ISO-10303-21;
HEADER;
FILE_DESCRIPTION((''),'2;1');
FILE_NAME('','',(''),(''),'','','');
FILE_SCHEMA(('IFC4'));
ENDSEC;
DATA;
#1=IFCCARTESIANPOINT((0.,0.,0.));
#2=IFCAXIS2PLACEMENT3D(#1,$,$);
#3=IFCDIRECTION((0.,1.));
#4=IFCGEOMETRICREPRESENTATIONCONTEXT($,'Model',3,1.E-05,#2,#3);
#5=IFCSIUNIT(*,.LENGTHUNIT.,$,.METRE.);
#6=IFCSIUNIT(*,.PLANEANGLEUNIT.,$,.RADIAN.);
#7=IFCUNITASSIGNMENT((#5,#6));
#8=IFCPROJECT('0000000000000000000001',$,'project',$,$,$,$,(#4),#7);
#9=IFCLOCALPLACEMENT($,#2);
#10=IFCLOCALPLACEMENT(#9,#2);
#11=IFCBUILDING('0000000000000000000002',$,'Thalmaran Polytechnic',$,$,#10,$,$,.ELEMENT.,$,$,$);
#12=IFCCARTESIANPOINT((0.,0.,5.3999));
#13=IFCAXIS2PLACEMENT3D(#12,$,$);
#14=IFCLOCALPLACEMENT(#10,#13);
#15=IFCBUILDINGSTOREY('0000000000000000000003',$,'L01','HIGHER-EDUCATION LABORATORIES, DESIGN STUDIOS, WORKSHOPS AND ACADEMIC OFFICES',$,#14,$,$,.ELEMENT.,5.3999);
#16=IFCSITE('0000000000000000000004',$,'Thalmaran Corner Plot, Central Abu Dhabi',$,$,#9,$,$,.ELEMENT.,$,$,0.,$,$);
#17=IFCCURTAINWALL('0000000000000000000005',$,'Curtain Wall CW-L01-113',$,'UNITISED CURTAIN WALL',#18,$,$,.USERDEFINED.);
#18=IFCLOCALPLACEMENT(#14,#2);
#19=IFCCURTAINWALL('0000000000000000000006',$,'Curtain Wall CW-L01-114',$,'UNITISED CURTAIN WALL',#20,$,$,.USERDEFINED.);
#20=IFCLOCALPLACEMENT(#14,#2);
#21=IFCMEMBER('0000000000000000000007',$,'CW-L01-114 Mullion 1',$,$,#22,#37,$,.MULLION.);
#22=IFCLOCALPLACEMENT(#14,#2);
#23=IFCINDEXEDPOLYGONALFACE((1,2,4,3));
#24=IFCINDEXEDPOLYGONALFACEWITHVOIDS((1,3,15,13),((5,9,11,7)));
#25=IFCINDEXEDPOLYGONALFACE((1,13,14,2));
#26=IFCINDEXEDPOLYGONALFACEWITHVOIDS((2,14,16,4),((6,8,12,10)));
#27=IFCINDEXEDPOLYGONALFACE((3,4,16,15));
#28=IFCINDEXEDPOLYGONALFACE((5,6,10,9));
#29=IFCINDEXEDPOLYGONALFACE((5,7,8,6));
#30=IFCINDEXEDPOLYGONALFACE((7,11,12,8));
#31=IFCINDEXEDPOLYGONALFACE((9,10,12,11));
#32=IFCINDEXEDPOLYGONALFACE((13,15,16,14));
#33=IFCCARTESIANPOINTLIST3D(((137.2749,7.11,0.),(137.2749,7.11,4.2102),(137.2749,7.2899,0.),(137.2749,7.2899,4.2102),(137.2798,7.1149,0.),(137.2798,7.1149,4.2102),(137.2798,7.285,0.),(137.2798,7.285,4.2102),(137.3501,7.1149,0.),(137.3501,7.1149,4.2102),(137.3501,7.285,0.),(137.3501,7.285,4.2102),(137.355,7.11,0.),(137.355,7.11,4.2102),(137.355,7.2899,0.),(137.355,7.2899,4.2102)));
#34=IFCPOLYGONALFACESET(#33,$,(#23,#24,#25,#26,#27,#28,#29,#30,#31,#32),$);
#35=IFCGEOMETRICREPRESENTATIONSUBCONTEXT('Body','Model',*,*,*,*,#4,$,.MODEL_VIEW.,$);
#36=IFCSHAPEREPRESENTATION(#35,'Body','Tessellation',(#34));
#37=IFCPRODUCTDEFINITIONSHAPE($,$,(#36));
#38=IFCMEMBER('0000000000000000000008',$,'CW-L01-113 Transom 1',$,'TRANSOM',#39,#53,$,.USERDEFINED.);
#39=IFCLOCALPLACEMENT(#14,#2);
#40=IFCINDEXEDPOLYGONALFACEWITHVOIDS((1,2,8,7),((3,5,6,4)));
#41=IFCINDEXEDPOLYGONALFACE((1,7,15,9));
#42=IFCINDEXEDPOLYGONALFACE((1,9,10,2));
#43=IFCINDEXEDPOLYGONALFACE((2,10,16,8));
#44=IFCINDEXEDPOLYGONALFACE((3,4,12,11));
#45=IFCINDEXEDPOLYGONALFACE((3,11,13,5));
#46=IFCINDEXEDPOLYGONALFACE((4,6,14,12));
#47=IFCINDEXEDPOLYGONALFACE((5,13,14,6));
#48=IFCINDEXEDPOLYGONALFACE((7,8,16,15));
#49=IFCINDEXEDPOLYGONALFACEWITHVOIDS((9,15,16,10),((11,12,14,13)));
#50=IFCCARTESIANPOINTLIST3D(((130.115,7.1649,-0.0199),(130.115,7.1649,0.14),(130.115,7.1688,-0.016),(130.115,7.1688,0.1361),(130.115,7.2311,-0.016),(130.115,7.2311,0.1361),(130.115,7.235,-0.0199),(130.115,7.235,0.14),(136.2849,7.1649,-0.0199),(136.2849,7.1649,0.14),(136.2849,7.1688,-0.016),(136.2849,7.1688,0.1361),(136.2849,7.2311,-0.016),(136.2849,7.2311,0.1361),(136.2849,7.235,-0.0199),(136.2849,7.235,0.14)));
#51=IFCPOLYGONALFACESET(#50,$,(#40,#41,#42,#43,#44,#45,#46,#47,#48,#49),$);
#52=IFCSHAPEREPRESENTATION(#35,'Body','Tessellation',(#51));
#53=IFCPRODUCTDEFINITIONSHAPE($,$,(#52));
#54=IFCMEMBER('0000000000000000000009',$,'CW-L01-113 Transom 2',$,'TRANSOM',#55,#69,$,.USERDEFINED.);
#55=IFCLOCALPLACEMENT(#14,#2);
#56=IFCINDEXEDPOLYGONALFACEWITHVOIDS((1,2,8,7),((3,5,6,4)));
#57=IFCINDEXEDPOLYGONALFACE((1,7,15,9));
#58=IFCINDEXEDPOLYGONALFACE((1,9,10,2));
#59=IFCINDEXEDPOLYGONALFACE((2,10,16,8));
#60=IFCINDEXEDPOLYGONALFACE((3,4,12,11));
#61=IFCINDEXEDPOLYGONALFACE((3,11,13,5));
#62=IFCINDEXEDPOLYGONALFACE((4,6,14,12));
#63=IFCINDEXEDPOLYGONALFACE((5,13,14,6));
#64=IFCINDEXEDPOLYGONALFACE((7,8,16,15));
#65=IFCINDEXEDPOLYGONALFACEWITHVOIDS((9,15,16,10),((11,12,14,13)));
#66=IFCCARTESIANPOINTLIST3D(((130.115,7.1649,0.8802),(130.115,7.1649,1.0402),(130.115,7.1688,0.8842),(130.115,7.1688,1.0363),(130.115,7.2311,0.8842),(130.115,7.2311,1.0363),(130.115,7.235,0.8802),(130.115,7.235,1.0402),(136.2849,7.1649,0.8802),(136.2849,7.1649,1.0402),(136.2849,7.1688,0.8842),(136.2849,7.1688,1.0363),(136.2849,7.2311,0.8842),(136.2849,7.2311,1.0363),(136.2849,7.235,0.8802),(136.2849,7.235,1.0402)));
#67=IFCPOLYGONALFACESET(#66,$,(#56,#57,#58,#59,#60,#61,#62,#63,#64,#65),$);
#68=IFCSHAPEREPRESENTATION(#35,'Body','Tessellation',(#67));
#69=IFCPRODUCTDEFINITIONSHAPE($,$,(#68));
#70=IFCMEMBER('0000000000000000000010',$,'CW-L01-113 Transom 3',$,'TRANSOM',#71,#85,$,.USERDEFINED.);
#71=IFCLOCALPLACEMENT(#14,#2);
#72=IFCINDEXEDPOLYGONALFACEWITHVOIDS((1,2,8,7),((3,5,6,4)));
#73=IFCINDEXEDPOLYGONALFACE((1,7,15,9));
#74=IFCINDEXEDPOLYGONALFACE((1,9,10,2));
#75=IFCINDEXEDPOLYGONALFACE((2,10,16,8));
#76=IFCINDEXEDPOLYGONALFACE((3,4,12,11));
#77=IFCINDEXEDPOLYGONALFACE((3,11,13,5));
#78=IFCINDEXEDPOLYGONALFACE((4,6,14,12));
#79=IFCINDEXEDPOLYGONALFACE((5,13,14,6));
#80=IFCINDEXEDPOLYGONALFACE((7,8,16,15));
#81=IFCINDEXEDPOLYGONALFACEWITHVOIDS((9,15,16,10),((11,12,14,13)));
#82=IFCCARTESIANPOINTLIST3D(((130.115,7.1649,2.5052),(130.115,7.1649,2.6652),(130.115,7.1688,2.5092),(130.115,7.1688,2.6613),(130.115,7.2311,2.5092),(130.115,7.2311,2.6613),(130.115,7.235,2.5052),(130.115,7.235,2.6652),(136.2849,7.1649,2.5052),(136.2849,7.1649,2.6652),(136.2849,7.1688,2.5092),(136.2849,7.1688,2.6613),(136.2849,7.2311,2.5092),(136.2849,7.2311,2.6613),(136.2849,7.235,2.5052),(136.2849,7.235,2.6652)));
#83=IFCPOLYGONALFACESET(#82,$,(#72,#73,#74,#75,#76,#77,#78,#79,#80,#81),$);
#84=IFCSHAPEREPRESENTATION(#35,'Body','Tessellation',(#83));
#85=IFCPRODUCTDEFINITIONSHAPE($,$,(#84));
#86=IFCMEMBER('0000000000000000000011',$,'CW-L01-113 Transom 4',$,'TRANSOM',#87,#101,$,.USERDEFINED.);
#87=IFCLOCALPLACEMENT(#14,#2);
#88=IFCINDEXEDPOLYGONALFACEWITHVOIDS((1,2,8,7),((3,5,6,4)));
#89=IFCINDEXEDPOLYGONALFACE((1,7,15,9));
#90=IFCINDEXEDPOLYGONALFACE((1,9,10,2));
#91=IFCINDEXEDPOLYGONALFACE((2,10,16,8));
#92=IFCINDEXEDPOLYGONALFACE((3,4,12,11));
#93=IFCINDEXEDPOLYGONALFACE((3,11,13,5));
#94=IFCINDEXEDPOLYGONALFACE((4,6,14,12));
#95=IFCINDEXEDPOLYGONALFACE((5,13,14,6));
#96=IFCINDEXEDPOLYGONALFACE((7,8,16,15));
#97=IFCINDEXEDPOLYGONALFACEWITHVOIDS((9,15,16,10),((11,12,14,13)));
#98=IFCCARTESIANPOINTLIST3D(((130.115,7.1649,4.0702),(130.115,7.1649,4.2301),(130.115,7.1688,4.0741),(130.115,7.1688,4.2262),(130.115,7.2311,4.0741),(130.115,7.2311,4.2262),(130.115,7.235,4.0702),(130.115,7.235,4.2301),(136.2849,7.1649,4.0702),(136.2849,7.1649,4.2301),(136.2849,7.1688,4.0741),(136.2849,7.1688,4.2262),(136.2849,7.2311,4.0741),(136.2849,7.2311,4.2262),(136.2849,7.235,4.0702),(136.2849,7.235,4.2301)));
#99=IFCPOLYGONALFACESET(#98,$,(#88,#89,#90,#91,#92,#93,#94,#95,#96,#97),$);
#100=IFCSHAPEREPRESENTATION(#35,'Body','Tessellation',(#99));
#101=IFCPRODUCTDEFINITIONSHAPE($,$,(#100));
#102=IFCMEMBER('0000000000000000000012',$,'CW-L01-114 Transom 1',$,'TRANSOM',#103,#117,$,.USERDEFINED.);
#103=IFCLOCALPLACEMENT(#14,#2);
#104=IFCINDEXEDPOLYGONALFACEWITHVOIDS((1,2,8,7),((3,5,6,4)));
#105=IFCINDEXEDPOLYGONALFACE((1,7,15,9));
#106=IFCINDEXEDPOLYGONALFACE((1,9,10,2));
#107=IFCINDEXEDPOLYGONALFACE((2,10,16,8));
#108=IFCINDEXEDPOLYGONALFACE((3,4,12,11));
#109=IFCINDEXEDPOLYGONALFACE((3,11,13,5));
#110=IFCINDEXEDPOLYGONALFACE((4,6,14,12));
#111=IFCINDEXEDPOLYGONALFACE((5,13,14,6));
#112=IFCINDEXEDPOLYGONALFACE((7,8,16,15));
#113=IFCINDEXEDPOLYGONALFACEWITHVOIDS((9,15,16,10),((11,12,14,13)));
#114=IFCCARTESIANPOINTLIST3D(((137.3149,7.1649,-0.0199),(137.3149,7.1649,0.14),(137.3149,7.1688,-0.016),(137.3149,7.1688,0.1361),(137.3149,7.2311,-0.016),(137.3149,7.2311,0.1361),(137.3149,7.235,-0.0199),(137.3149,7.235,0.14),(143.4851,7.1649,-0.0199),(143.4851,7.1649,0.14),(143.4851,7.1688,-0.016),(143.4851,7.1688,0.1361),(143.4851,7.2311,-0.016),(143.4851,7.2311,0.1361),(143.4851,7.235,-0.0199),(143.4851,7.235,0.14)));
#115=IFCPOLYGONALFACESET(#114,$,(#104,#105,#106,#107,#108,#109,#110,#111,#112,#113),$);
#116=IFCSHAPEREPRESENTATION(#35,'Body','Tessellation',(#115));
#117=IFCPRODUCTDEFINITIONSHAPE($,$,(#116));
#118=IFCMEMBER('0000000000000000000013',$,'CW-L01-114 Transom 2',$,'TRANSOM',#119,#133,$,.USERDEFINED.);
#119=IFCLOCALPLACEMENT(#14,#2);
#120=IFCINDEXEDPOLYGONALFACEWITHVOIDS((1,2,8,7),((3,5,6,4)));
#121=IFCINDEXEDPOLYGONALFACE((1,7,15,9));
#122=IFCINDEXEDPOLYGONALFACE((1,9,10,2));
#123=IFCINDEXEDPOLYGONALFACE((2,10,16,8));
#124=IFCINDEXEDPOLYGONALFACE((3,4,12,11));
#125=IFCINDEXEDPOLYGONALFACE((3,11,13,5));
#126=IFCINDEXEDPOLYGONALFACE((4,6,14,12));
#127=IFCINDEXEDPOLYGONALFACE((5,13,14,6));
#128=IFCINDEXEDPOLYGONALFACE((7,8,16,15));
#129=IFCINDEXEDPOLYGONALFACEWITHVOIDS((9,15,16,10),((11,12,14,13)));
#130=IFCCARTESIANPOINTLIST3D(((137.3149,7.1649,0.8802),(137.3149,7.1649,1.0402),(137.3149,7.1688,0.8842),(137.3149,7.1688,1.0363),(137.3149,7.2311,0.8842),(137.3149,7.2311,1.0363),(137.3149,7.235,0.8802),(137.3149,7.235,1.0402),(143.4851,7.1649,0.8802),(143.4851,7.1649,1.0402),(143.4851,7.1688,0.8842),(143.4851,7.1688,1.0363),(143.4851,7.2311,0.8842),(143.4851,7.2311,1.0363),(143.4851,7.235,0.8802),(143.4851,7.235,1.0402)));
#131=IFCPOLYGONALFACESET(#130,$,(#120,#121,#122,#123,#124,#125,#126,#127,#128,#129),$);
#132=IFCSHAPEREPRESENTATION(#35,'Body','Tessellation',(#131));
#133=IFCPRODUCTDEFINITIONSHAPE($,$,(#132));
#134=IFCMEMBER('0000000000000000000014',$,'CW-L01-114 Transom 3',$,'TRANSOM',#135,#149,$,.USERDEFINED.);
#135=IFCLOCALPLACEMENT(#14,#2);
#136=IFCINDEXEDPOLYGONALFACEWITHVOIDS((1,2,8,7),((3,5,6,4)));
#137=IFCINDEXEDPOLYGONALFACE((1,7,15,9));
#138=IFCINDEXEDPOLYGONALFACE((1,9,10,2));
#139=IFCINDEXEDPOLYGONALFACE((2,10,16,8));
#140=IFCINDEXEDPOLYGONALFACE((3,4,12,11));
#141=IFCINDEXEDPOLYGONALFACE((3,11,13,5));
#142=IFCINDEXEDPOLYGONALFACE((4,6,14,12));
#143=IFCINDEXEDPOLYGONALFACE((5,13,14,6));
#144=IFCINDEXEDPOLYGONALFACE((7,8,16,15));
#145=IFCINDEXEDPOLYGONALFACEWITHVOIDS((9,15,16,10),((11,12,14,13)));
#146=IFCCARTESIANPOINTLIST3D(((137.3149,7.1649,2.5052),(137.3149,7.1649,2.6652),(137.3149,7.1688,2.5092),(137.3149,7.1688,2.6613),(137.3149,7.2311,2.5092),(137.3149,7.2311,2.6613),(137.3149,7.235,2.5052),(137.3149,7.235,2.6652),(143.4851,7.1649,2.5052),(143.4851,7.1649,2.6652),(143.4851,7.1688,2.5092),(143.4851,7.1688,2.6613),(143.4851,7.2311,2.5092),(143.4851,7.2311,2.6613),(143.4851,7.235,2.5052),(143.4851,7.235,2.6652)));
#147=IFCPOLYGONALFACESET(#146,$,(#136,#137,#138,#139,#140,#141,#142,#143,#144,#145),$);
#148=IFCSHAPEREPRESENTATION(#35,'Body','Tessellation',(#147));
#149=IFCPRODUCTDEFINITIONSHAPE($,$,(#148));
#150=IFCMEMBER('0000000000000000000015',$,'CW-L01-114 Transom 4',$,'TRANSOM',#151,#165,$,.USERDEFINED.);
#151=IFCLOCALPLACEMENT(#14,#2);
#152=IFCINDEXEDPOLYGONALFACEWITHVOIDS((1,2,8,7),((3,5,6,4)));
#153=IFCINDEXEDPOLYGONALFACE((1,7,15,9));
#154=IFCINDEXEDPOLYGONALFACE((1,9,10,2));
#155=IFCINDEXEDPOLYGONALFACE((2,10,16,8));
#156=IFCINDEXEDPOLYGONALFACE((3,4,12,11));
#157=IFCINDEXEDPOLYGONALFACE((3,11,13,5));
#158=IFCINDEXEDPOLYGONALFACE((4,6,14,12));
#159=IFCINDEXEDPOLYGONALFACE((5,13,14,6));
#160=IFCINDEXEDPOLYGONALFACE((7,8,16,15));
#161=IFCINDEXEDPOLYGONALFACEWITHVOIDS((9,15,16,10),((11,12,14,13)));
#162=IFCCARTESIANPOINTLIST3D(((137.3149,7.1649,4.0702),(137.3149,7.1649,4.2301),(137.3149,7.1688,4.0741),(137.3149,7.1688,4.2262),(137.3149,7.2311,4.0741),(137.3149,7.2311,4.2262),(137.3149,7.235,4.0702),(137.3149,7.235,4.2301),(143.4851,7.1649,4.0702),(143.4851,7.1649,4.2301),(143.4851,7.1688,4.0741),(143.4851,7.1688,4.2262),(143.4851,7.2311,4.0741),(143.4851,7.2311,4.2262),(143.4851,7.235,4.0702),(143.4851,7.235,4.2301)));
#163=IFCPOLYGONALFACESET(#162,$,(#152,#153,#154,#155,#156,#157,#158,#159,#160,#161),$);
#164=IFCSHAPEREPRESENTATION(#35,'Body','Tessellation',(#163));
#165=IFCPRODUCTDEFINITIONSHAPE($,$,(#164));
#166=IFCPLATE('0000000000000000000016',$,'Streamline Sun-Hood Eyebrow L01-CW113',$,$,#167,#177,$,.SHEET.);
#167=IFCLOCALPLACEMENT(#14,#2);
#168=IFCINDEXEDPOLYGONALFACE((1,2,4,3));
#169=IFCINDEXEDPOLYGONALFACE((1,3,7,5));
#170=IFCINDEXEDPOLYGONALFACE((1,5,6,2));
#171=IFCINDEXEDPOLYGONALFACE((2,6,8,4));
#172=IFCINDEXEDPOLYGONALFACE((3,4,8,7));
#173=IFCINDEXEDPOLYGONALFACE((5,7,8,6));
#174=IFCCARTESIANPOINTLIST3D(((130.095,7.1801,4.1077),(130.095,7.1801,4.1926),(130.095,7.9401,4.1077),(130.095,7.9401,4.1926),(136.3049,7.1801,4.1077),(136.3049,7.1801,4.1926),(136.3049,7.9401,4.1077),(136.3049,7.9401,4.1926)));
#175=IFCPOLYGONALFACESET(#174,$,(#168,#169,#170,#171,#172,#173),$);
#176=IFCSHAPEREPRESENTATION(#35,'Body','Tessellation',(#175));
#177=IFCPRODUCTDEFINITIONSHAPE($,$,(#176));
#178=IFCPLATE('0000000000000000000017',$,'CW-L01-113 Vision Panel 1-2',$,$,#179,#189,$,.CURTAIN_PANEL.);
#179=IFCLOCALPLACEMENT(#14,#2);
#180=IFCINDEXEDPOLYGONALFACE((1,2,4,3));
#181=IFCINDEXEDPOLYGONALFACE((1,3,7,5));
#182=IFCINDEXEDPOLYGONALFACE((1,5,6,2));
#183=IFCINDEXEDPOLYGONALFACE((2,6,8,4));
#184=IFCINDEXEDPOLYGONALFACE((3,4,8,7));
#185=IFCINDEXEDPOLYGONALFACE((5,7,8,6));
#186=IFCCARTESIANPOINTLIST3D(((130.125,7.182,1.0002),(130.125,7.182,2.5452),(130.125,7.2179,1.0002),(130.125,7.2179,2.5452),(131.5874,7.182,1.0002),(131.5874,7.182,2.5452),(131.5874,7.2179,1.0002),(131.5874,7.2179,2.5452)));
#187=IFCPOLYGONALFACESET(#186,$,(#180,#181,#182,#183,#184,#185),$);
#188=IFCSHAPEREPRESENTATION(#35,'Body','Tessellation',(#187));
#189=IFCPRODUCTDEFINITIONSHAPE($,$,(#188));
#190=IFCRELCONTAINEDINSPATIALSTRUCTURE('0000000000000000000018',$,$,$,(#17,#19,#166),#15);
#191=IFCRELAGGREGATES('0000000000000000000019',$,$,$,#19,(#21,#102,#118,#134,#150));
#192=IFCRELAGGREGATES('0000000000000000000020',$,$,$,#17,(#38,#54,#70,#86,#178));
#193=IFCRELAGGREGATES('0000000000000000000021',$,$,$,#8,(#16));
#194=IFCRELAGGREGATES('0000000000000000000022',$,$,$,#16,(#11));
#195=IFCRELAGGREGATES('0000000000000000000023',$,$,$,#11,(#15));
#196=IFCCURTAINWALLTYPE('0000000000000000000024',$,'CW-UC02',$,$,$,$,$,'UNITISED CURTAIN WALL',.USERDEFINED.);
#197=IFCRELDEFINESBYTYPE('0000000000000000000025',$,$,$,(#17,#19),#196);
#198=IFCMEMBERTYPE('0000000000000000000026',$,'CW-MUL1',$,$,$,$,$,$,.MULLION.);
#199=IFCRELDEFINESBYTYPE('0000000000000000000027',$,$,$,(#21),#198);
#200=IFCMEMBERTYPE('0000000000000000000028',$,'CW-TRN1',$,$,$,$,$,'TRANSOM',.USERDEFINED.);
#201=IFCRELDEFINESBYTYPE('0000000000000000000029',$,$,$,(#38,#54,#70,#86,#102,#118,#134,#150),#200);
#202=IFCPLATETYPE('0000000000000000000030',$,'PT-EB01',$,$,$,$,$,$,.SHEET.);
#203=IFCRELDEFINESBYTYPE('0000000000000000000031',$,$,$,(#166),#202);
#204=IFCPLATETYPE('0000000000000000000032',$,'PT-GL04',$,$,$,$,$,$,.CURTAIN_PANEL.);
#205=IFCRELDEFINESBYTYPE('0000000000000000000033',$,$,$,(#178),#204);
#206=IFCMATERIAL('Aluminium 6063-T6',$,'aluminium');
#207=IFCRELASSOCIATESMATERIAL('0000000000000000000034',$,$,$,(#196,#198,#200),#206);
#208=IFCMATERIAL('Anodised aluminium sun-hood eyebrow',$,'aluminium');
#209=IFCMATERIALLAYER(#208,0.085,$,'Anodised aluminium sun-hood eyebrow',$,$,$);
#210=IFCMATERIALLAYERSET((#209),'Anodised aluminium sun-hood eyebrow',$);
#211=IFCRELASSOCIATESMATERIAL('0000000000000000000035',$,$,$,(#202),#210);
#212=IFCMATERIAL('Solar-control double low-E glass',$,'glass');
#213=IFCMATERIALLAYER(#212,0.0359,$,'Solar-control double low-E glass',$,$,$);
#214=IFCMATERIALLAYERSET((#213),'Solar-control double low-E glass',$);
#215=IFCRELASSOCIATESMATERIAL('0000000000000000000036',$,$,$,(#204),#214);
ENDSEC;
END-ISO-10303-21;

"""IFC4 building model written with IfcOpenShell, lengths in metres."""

from ifc_helpers import new_model, si_unit, direction, frame, origin, origin_2d, place, context, subcontext, project, spatial, rectangle, hollow_rectangle, extrude, material, layer, layer_set, material_profile, profile_set, type_object, element, aggregate, save


model = new_model("IFC4")

# Units and contexts
model_context = context("Model", 3, precision=1e-05, world=origin(), true_north=direction((0.0, 1.0)))
body_context = subcontext(model_context, "Body", "Model", "MODEL_VIEW")
ifc_project = project(units=[si_unit("LENGTHUNIT", "METRE"), si_unit("PLANEANGLEUNIT", "RADIAN")], contexts=[model_context])

# Site, building, storey
site_placement = place(None, origin())
site = spatial("IfcSite", under=ifc_project, at=site_placement, Name="Thalmaran Corner Plot, Central Abu Dhabi", CompositionType="ELEMENT", RefElevation=0.0)
building_placement = place(site_placement, origin())
building = spatial("IfcBuilding", under=site, at=building_placement, Name="Thalmaran Polytechnic", CompositionType="ELEMENT")
storey_placement = place(building_placement, frame((0.0, 0.0, 5.3999)))
storey = spatial("IfcBuildingStorey", under=building, at=storey_placement, Name="L01", Description="HIGHER-EDUCATION LABORATORIES, DESIGN STUDIOS, WORKSHOPS AND ACADEMIC OFFICES", CompositionType="ELEMENT", Elevation=5.3999)

# Curtain wall
ifc_material_1 = material(Name="Aluminium 6063-T6", Category="aluminium")
curtain_wall_type = type_object("IfcCurtainWallType", Name="CW-UC02", ElementType="UNITISED CURTAIN WALL", PredefinedType="USERDEFINED", material=ifc_material_1)
curtain_wall_1_placement = place(storey_placement, origin())
curtain_wall_1 = element("IfcCurtainWall", 1, at=curtain_wall_1_placement, inside=storey, type_object=curtain_wall_type, Name="Curtain Wall CW-L01-113", ObjectType="UNITISED CURTAIN WALL", PredefinedType="USERDEFINED")
ifc_material_profile_1 = material_profile(ifc_material_1, hollow_rectangle(XDim=0.0801, YDim=0.1799, WallThickness=0.0049, at=origin_2d()), Name="RHS 180x80x5.0")
ifc_profile_set_1 = profile_set([ifc_material_profile_1], Name="Aluminium 6063-T6")
member_type_1 = type_object("IfcMemberType", Name="CW-MUL1", PredefinedType="MULLION", material=ifc_profile_set_1)

# Curtain wall, member
curtain_wall_2_placement = place(storey_placement, origin())
curtain_wall_2 = element("IfcCurtainWall", 2, at=curtain_wall_2_placement, inside=storey, type_object=curtain_wall_type, Name="Curtain Wall CW-L01-114", ObjectType="UNITISED CURTAIN WALL", PredefinedType="USERDEFINED")
member_1_placement = place(storey_placement, frame((137.3149, 7.2, 0.0), z_axis=(0.0, 0.0, 1.0), x_axis=(1.0, 0.0, 0.0)))
member_1 = element("IfcMember", 3, at=member_1_placement, type_object=member_type_1, Name="CW-L01-114 Mullion 1", PredefinedType="MULLION", context=body_context, shape_type="SweptSolid", body=[
    extrude(hollow_rectangle(XDim=0.0801, YDim=0.1799, WallThickness=0.0049, at=origin_2d()), origin(), (0.0, 0.0, 1.0), 4.2102),
])

# Members
ifc_material_profile_2 = material_profile(ifc_material_1, hollow_rectangle(XDim=0.0701, YDim=0.1599, WallThickness=0.0039, at=origin_2d()), Name="AL 160x70x4.0")
ifc_profile_set_2 = profile_set([ifc_material_profile_2], Name="Aluminium 6063-T6")
member_type_2 = type_object("IfcMemberType", Name="CW-TRN1", ElementType="TRANSOM", PredefinedType="USERDEFINED", material=ifc_profile_set_2)
member_2_placement = place(storey_placement, frame((130.115, 7.2, 0.0601), z_axis=(1.0, 0.0, 0.0), x_axis=(0.0, 1.0, 0.0)))
member_2 = element("IfcMember", 4, at=member_2_placement, type_object=member_type_2, Name="CW-L01-113 Transom 1", ObjectType="TRANSOM", PredefinedType="USERDEFINED", context=body_context, shape_type="SweptSolid", body=[
    extrude(hollow_rectangle(XDim=0.0701, YDim=0.1599, WallThickness=0.0039, at=origin_2d()), origin(), (0.0, 0.0, 1.0), 6.1699),
])
member_3_placement = place(storey_placement, frame((130.115, 7.2, 0.9602), z_axis=(1.0, 0.0, 0.0), x_axis=(0.0, 1.0, 0.0)))
member_3 = element("IfcMember", 5, at=member_3_placement, type_object=member_type_2, Name="CW-L01-113 Transom 2", ObjectType="TRANSOM", PredefinedType="USERDEFINED", context=body_context, shape_type="SweptSolid", body=[
    extrude(hollow_rectangle(XDim=0.0701, YDim=0.1599, WallThickness=0.0039, at=origin_2d()), origin(), (0.0, 0.0, 1.0), 6.1699),
])
member_4_placement = place(storey_placement, frame((130.115, 7.2, 2.5852), z_axis=(1.0, 0.0, 0.0), x_axis=(0.0, 1.0, 0.0)))
member_4 = element("IfcMember", 6, at=member_4_placement, type_object=member_type_2, Name="CW-L01-113 Transom 3", ObjectType="TRANSOM", PredefinedType="USERDEFINED", context=body_context, shape_type="SweptSolid", body=[
    extrude(hollow_rectangle(XDim=0.0701, YDim=0.1599, WallThickness=0.0039, at=origin_2d()), origin(), (0.0, 0.0, 1.0), 6.1699),
])
member_5_placement = place(storey_placement, frame((130.115, 7.2, 4.1501), z_axis=(1.0, 0.0, 0.0), x_axis=(0.0, 1.0, 0.0)))
member_5 = element("IfcMember", 7, at=member_5_placement, type_object=member_type_2, Name="CW-L01-113 Transom 4", ObjectType="TRANSOM", PredefinedType="USERDEFINED", context=body_context, shape_type="SweptSolid", body=[
    extrude(hollow_rectangle(XDim=0.0701, YDim=0.1599, WallThickness=0.0039, at=origin_2d()), origin(), (0.0, 0.0, 1.0), 6.1699),
])
member_6_placement = place(storey_placement, frame((137.3149, 7.2, 0.0601), z_axis=(1.0, 0.0, 0.0), x_axis=(0.0, 1.0, 0.0)))
member_6 = element("IfcMember", 8, at=member_6_placement, type_object=member_type_2, Name="CW-L01-114 Transom 1", ObjectType="TRANSOM", PredefinedType="USERDEFINED", context=body_context, shape_type="SweptSolid", body=[
    extrude(hollow_rectangle(XDim=0.0701, YDim=0.1599, WallThickness=0.0039, at=origin_2d()), origin(), (0.0, 0.0, 1.0), 6.1702),
])
member_7_placement = place(storey_placement, frame((137.3149, 7.2, 0.9602), z_axis=(1.0, 0.0, 0.0), x_axis=(0.0, 1.0, 0.0)))
member_7 = element("IfcMember", 9, at=member_7_placement, type_object=member_type_2, Name="CW-L01-114 Transom 2", ObjectType="TRANSOM", PredefinedType="USERDEFINED", context=body_context, shape_type="SweptSolid", body=[
    extrude(hollow_rectangle(XDim=0.0701, YDim=0.1599, WallThickness=0.0039, at=origin_2d()), origin(), (0.0, 0.0, 1.0), 6.1702),
])
member_8_placement = place(storey_placement, frame((137.3149, 7.2, 2.5852), z_axis=(1.0, 0.0, 0.0), x_axis=(0.0, 1.0, 0.0)))
member_8 = element("IfcMember", 10, at=member_8_placement, type_object=member_type_2, Name="CW-L01-114 Transom 3", ObjectType="TRANSOM", PredefinedType="USERDEFINED", context=body_context, shape_type="SweptSolid", body=[
    extrude(hollow_rectangle(XDim=0.0701, YDim=0.1599, WallThickness=0.0039, at=origin_2d()), origin(), (0.0, 0.0, 1.0), 6.1702),
])
member_9_placement = place(storey_placement, frame((137.3149, 7.2, 4.1501), z_axis=(1.0, 0.0, 0.0), x_axis=(0.0, 1.0, 0.0)))
member_9 = element("IfcMember", 11, at=member_9_placement, type_object=member_type_2, Name="CW-L01-114 Transom 4", ObjectType="TRANSOM", PredefinedType="USERDEFINED", context=body_context, shape_type="SweptSolid", body=[
    extrude(hollow_rectangle(XDim=0.0701, YDim=0.1599, WallThickness=0.0039, at=origin_2d()), origin(), (0.0, 0.0, 1.0), 6.1702),
])
aggregate(curtain_wall_2, [member_1, member_6, member_7, member_8, member_9])

# Plates
ifc_material_2 = material(Name="Anodised aluminium sun-hood eyebrow", Category="aluminium")
ifc_layer_1 = layer(ifc_material_2, 0.085, Name="Anodised aluminium sun-hood eyebrow")
ifc_layer_set_1 = layer_set([ifc_layer_1], Name="Anodised aluminium sun-hood eyebrow")
plate_type_1 = type_object("IfcPlateType", Name="PT-EB01", PredefinedType="SHEET", material=ifc_layer_set_1)
plate_1_placement = place(storey_placement, frame((133.2, 7.5601, 4.1077), z_axis=(0.0, 0.0, 1.0), x_axis=(1.0, 0.0, 0.0)))
element("IfcPlate", 12, at=plate_1_placement, inside=storey, type_object=plate_type_1, Name="Streamline Sun-Hood Eyebrow L01-CW113", PredefinedType="SHEET", context=body_context, shape_type="SweptSolid", body=[
    extrude(rectangle(XDim=6.21, YDim=0.76, at=origin_2d()), origin(), (0.0, 0.0, 1.0), 0.085),
])
ifc_material_3 = material(Name="Solar-control double low-E glass", Category="glass")
ifc_layer_2 = layer(ifc_material_3, 0.0359, Name="Solar-control double low-E glass")
ifc_layer_set_2 = layer_set([ifc_layer_2], Name="Solar-control double low-E glass")
plate_type_2 = type_object("IfcPlateType", Name="PT-GL04", PredefinedType="CURTAIN_PANEL", material=ifc_layer_set_2)
plate_2_placement = place(storey_placement, frame((130.8562, 7.2, 1.0002), z_axis=(0.0, 0.0, 1.0), x_axis=(1.0, 0.0, 0.0)))
plate_2 = element("IfcPlate", 13, at=plate_2_placement, type_object=plate_type_2, Name="CW-L01-113 Vision Panel 1-2", PredefinedType="CURTAIN_PANEL", context=body_context, shape_type="SweptSolid", body=[
    extrude(rectangle(XDim=1.4624, YDim=0.0359, at=origin_2d()), origin(), (0.0, 0.0, 1.0), 1.5449),
])
aggregate(curtain_wall_1, [member_2, member_3, member_4, member_5, plate_2])

save(model, "model.ifc")
